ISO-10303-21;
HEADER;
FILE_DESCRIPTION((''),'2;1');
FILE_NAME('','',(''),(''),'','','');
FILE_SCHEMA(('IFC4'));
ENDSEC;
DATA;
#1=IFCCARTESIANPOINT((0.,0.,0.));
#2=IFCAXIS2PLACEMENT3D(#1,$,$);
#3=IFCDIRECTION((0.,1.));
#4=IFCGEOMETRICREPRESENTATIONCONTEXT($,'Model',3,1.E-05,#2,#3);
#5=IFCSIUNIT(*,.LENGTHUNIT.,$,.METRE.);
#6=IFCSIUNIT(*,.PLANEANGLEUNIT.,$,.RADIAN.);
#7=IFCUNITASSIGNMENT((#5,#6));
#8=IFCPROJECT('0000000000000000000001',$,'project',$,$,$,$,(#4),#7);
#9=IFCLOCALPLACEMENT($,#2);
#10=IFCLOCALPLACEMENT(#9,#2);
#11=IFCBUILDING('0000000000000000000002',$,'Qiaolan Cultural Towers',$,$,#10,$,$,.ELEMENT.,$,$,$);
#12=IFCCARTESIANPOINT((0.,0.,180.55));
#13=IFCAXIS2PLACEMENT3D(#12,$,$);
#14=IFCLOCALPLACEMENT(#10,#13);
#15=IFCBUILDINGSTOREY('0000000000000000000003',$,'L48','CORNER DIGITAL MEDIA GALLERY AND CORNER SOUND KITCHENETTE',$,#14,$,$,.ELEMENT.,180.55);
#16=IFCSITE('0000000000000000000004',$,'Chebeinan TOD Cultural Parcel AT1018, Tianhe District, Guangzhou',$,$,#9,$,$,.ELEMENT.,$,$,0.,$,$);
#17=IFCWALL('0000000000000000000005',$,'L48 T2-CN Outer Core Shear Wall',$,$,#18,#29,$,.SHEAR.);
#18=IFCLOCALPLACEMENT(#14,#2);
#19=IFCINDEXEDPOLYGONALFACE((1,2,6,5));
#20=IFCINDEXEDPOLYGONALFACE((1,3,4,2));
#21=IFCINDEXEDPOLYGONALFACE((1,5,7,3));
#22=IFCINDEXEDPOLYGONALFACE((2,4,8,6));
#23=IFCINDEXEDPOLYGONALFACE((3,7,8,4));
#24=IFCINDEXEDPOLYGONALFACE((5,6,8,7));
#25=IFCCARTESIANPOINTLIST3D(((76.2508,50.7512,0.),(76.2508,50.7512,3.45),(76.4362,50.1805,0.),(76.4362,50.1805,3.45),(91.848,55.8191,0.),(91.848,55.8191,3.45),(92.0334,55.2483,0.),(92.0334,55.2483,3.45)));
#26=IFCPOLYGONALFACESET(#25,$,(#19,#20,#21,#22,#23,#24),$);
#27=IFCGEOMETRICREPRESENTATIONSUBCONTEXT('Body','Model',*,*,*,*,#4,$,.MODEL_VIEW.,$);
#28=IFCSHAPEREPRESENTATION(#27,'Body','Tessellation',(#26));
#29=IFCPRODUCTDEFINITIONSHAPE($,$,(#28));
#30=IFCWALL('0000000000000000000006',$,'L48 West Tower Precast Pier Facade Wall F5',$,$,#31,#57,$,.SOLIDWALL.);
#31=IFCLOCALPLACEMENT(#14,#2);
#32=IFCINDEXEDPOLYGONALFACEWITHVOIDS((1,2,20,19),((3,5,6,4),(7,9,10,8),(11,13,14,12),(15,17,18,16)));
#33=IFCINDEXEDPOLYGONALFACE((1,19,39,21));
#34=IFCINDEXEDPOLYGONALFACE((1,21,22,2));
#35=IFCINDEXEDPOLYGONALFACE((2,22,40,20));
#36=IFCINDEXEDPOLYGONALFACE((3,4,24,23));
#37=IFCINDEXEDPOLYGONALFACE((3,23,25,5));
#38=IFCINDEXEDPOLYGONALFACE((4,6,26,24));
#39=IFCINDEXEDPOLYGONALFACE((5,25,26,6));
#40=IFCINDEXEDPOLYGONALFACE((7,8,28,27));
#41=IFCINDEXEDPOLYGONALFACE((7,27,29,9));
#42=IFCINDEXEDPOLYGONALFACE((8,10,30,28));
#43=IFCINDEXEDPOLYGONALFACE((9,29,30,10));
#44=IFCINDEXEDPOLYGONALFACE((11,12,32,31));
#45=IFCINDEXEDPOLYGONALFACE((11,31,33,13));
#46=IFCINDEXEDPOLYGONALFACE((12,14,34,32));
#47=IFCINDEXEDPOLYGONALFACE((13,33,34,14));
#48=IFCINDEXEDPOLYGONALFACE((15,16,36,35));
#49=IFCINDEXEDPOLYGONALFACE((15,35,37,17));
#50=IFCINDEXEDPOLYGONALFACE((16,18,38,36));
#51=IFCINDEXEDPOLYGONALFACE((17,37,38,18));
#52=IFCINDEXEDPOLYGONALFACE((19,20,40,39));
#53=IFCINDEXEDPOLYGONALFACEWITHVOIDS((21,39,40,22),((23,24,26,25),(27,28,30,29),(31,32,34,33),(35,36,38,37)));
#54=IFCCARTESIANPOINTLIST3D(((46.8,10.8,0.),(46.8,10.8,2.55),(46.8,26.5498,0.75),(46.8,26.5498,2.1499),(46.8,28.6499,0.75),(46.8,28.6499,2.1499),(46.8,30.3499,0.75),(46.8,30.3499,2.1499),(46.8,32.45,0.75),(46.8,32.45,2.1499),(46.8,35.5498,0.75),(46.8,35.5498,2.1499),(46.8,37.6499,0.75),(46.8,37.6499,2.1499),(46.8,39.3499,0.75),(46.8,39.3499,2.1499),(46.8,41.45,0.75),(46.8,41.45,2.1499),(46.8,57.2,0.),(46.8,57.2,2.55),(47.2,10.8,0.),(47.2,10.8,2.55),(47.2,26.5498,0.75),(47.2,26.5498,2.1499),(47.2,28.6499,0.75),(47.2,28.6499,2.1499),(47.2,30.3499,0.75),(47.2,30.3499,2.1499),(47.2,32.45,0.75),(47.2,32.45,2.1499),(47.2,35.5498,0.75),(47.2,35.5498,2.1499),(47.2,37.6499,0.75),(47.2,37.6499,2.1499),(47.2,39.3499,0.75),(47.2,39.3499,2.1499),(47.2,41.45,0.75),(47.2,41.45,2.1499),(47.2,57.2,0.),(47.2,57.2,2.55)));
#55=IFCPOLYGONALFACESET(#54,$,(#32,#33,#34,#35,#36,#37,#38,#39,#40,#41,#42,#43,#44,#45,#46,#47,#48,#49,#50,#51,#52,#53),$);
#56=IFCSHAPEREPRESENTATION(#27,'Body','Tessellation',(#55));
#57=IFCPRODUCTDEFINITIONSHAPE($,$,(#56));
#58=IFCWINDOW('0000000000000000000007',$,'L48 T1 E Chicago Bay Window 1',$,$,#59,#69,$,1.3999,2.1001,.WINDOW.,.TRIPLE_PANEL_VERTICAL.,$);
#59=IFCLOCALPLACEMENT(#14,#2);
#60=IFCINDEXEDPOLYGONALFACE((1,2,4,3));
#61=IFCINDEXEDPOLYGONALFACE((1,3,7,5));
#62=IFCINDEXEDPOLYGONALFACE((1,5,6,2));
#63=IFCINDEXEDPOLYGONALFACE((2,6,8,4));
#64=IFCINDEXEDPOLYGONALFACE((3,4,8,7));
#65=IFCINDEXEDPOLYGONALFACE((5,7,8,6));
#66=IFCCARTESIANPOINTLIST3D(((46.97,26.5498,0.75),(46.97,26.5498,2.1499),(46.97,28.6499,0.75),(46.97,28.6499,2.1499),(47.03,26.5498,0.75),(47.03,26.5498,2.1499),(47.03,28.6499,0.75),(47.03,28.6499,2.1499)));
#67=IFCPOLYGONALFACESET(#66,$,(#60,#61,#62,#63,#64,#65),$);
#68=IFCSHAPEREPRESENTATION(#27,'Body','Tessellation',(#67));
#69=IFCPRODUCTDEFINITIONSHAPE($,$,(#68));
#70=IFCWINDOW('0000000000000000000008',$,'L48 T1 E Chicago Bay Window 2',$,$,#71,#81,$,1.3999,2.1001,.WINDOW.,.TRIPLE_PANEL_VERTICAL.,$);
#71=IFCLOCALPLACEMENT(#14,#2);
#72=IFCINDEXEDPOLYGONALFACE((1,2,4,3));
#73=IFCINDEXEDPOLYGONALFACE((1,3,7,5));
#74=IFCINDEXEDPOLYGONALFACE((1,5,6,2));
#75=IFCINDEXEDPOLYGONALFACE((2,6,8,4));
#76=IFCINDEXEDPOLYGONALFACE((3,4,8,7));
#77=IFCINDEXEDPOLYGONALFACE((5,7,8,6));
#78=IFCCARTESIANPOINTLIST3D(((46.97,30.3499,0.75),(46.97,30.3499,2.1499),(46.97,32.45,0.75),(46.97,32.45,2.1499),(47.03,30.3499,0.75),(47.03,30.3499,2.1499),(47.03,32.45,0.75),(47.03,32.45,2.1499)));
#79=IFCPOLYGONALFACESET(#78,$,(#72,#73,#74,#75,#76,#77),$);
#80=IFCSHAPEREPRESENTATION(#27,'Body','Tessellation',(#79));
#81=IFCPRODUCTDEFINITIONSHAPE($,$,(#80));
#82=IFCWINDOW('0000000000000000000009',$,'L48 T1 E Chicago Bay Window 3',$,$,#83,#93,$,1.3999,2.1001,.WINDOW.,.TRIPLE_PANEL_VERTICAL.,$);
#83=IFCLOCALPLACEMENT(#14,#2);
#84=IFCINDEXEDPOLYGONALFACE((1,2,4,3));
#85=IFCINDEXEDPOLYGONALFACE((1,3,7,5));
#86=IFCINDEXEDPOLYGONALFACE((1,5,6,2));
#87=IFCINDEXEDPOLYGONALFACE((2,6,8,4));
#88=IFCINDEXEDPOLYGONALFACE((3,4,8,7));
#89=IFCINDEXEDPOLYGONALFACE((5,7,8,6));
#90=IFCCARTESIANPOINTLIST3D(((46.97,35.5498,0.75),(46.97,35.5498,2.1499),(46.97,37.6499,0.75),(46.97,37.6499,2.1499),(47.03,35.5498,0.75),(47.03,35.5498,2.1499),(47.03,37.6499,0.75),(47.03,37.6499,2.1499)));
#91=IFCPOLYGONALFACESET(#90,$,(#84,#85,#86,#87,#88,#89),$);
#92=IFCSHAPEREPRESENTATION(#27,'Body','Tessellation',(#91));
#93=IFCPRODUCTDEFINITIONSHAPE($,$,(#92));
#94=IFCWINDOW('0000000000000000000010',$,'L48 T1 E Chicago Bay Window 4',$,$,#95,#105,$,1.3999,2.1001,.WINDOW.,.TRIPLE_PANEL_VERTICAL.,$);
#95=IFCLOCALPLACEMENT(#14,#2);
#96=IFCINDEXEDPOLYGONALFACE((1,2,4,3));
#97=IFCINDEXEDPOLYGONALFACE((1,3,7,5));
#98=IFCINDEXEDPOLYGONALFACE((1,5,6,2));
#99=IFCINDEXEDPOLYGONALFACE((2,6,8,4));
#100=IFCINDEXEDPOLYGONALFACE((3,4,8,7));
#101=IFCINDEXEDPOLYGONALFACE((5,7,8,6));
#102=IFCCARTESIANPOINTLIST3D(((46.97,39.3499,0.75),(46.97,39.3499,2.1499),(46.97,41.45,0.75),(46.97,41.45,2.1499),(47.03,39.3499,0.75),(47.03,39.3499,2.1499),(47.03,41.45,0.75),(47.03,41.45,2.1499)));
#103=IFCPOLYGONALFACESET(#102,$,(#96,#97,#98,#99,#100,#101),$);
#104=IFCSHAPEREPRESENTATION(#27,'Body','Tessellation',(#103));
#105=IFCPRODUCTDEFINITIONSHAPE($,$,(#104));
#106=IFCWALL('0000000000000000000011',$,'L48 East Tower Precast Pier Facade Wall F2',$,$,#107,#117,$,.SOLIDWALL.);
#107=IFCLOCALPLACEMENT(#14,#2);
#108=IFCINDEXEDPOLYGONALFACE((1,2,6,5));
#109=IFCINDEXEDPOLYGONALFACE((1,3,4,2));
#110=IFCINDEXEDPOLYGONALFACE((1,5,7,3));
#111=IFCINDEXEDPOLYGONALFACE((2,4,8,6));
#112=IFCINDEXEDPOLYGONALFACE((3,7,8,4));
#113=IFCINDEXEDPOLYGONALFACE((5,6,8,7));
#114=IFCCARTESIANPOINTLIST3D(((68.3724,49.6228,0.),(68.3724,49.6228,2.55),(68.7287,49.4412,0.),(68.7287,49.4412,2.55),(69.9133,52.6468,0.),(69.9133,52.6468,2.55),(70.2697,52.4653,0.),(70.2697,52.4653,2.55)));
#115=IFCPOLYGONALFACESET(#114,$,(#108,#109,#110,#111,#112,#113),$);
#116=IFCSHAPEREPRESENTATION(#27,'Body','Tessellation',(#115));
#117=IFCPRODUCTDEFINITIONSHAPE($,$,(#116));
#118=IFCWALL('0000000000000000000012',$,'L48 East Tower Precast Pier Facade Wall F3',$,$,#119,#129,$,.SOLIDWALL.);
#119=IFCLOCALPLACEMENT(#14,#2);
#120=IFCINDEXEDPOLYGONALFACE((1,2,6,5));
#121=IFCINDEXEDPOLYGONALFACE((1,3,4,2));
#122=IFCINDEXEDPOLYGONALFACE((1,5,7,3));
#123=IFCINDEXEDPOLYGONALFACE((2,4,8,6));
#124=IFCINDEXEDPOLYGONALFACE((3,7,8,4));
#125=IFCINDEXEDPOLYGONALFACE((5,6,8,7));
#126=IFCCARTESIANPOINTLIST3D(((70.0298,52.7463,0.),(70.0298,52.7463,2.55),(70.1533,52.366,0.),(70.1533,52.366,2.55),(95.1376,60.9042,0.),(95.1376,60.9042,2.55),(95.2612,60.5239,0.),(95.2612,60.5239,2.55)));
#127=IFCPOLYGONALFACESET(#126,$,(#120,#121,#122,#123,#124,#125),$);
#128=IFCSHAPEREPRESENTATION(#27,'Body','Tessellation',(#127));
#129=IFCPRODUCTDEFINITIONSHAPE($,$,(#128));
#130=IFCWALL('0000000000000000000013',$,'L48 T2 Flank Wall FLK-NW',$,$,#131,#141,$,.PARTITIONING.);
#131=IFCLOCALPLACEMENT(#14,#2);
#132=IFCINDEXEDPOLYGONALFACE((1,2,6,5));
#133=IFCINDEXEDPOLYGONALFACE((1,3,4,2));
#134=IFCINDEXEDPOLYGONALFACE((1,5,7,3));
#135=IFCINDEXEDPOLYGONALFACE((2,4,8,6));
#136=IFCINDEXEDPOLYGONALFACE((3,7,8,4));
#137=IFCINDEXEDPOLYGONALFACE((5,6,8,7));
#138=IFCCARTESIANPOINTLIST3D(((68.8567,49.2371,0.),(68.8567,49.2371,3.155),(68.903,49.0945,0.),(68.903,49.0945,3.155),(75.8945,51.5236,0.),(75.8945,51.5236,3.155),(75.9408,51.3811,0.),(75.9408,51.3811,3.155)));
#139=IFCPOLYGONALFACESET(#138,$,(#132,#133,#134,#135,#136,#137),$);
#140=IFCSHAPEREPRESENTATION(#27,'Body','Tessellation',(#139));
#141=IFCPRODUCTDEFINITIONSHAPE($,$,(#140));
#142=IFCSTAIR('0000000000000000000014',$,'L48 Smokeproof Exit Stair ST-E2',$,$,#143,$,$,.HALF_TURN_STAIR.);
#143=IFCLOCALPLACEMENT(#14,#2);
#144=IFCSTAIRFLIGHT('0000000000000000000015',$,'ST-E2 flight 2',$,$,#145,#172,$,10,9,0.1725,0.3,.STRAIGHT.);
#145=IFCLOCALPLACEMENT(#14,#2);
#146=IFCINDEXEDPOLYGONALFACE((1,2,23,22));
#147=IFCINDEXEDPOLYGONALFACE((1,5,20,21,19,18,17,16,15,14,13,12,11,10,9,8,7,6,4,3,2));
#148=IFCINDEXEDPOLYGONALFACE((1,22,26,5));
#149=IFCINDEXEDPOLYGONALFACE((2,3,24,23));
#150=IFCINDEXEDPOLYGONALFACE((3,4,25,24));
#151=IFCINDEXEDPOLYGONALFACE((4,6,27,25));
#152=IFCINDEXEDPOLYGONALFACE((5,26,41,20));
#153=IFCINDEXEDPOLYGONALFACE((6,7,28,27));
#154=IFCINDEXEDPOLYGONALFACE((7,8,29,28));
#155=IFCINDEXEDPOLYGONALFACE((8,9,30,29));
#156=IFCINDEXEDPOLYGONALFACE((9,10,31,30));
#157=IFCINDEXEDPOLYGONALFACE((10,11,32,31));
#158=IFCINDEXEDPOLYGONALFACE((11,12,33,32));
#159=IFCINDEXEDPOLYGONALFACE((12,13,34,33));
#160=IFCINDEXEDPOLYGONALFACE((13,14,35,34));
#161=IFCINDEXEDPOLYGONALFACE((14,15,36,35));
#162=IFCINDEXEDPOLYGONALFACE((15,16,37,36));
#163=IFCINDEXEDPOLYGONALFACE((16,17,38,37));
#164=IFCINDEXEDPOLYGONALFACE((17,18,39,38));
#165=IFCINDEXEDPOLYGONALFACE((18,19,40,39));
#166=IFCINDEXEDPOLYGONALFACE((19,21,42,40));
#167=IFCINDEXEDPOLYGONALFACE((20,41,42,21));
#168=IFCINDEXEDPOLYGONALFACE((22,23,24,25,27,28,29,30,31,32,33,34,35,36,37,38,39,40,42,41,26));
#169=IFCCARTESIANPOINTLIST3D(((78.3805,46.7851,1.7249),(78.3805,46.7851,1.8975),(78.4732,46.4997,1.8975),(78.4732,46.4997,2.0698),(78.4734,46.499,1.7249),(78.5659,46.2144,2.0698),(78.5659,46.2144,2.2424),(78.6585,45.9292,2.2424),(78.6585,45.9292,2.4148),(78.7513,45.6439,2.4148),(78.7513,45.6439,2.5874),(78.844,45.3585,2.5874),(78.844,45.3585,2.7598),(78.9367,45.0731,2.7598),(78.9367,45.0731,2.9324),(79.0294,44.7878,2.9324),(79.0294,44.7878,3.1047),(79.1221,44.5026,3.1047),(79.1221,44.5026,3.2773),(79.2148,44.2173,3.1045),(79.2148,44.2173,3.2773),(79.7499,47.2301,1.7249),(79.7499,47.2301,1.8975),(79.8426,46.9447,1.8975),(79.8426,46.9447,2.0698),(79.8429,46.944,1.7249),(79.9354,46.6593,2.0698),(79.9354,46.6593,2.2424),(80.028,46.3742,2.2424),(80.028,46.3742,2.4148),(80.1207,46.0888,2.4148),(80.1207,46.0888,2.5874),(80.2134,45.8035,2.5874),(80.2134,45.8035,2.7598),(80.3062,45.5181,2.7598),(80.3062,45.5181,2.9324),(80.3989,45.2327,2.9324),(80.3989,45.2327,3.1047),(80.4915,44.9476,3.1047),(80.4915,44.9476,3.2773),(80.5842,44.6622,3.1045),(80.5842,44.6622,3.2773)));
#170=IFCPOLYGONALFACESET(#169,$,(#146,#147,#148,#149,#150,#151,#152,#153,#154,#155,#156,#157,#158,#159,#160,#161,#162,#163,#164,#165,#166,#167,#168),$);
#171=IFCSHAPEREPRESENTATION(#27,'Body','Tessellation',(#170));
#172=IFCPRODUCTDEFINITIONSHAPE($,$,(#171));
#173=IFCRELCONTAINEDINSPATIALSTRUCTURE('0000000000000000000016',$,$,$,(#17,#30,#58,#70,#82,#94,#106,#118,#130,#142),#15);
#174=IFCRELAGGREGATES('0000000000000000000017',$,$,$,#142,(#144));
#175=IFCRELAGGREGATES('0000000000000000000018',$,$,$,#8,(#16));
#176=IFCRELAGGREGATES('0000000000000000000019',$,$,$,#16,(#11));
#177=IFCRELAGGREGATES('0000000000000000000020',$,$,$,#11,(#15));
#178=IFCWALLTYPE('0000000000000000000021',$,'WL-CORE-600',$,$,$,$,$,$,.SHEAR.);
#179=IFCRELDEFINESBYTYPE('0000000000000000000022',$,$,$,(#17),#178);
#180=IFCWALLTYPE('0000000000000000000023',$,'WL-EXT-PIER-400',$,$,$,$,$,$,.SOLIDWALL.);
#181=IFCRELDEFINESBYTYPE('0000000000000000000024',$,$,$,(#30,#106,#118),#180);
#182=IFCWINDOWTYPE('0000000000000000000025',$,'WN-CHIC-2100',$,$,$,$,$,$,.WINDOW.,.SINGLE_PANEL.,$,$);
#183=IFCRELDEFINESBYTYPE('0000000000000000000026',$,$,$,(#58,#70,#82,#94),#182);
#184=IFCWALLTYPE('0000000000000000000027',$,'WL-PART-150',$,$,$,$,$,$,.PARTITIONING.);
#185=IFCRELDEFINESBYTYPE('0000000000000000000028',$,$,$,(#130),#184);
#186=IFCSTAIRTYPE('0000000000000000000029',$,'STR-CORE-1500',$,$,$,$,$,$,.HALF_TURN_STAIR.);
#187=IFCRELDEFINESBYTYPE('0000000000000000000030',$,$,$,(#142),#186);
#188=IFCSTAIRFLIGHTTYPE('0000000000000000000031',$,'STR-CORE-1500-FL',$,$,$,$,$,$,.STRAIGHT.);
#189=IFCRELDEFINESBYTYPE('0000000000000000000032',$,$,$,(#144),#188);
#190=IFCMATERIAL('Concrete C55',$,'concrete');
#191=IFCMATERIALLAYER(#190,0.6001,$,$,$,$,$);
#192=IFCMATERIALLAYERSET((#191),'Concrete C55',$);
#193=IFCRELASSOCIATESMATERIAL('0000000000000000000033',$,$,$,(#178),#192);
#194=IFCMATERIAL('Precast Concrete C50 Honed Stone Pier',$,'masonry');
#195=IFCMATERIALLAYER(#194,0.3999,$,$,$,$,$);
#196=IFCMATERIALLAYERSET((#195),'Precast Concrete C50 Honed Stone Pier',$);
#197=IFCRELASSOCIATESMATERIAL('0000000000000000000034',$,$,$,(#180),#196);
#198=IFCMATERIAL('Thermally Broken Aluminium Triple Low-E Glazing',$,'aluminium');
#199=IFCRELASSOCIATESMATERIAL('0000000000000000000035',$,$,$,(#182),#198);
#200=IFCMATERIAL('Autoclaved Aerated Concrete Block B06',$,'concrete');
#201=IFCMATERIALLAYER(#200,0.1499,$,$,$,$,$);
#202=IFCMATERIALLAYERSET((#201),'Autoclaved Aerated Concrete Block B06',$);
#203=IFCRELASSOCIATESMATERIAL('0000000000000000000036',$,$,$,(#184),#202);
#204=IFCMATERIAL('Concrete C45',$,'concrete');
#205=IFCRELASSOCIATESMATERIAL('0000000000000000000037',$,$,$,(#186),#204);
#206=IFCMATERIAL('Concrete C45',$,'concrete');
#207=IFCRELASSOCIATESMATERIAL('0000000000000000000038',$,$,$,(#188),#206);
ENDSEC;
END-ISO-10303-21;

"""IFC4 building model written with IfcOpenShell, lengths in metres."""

from ifc_helpers import new_model, si_unit, direction, frame, frame_2d, origin, place, context, subcontext, project, spatial, polyline, rectangle, outline, extrude, material, layer, layer_set, type_object, element, fill, aggregate, save


model = new_model("IFC4")

# Units and contexts
model_context = context("Model", 3, precision=1e-05, world=origin(), true_north=direction((0.0, 1.0)))
body_context = subcontext(model_context, "Body", "Model", "MODEL_VIEW")
ifc_project = project(units=[si_unit("LENGTHUNIT", "METRE"), si_unit("PLANEANGLEUNIT", "RADIAN")], contexts=[model_context])

# Site, building, storey
site_placement = place(None, origin())
site = spatial("IfcSite", under=ifc_project, at=site_placement, Name="Chebeinan TOD Cultural Parcel AT1018, Tianhe District, Guangzhou", CompositionType="ELEMENT", RefElevation=0.0)
building_placement = place(site_placement, origin())
building = spatial("IfcBuilding", under=site, at=building_placement, Name="Qiaolan Cultural Towers", CompositionType="ELEMENT")
storey_placement = place(building_placement, frame((0.0, 0.0, 180.55)))
storey = spatial("IfcBuildingStorey", under=building, at=storey_placement, Name="L48", Description="CORNER DIGITAL MEDIA GALLERY AND CORNER SOUND KITCHENETTE", CompositionType="ELEMENT", Elevation=180.55)

# Wall
ifc_material_1 = material(Name="Concrete C55", Category="concrete")
ifc_layer_1 = layer(ifc_material_1, 0.6001)
ifc_layer_set_1 = layer_set([ifc_layer_1], Name="Concrete C55")
wall_type_1 = type_object("IfcWallType", Name="WL-CORE-600", PredefinedType="SHEAR", material=ifc_layer_set_1)
wall_1_placement = place(storey_placement, frame((76.3435, 50.4658, 0.0), z_axis=(0.0, 0.0, 1.0), x_axis=(0.951056, 0.309019, 0.0)))
element("IfcWall", 1, at=wall_1_placement, inside=storey, type_object=wall_type_1, Name="L48 T2-CN Outer Core Shear Wall", PredefinedType="SHEAR", context=body_context, shape_type="SweptSolid", body=[
    extrude(rectangle(XDim=16.3999, YDim=0.6001, at=frame_2d((8.2, 0.0))), origin(), (0.0, 0.0, 1.0), 3.45),
])

# Wall, openings, windows
ifc_material_2 = material(Name="Precast Concrete C50 Honed Stone Pier", Category="masonry")
ifc_layer_2 = layer(ifc_material_2, 0.3999)
ifc_layer_set_2 = layer_set([ifc_layer_2], Name="Precast Concrete C50 Honed Stone Pier")
wall_type_2 = type_object("IfcWallType", Name="WL-EXT-PIER-400", PredefinedType="SOLIDWALL", material=ifc_layer_set_2)
wall_2_placement = place(storey_placement, frame((47.0, 57.2, 0.0), z_axis=(0.0, 0.0, 1.0), x_axis=(0.0, -1.0, 0.0)))
wall_2 = element("IfcWall", 2, at=wall_2_placement, inside=storey, type_object=wall_type_2, Name="L48 West Tower Precast Pier Facade Wall F5", PredefinedType="SOLIDWALL", context=body_context, shape_type="SweptSolid", body=[
    extrude(rectangle(XDim=46.3999, YDim=0.3999, at=frame_2d((23.2, 0.0))), origin(), (0.0, 0.0, 1.0), 2.55),
])
opening_1_placement = place(wall_2_placement, frame((28.55, 0.0, 0.75)))
opening_1 = element("IfcOpeningElement", 3, at=opening_1_placement, cuts=wall_2, PredefinedType="OPENING", context=body_context, shape_type="SweptSolid", body=[
    extrude(rectangle(XDim=2.1001, YDim=1.3999, at=frame_2d((1.05, 0.7))), frame((0.0, 0.21, 0.0), z_axis=(0.0, -1.0, 0.0), x_axis=(1.0, 0.0, 0.0)), (0.0, 0.0, 1.0), 0.4199),
])
opening_2_placement = place(wall_2_placement, frame((24.75, 0.0, 0.75)))
opening_2 = element("IfcOpeningElement", 4, at=opening_2_placement, cuts=wall_2, PredefinedType="OPENING", context=body_context, shape_type="SweptSolid", body=[
    extrude(rectangle(XDim=2.1001, YDim=1.3999, at=frame_2d((1.05, 0.7))), frame((0.0, 0.21, 0.0), z_axis=(0.0, -1.0, 0.0), x_axis=(1.0, 0.0, 0.0)), (0.0, 0.0, 1.0), 0.4199),
])
opening_3_placement = place(wall_2_placement, frame((19.55, 0.0, 0.75)))
opening_3 = element("IfcOpeningElement", 5, at=opening_3_placement, cuts=wall_2, PredefinedType="OPENING", context=body_context, shape_type="SweptSolid", body=[
    extrude(rectangle(XDim=2.1001, YDim=1.3999, at=frame_2d((1.05, 0.7))), frame((0.0, 0.21, 0.0), z_axis=(0.0, -1.0, 0.0), x_axis=(1.0, 0.0, 0.0)), (0.0, 0.0, 1.0), 0.4199),
])
opening_4_placement = place(wall_2_placement, frame((15.75, 0.0, 0.75)))
opening_4 = element("IfcOpeningElement", 6, at=opening_4_placement, cuts=wall_2, PredefinedType="OPENING", context=body_context, shape_type="SweptSolid", body=[
    extrude(rectangle(XDim=2.1001, YDim=1.3999, at=frame_2d((1.05, 0.7))), frame((0.0, 0.21, 0.0), z_axis=(0.0, -1.0, 0.0), x_axis=(1.0, 0.0, 0.0)), (0.0, 0.0, 1.0), 0.4199),
])
ifc_material_3 = material(Name="Thermally Broken Aluminium Triple Low-E Glazing", Category="aluminium")
window_type = type_object("IfcWindowType", Name="WN-CHIC-2100", PartitioningType="SINGLE_PANEL", PredefinedType="WINDOW", material=ifc_material_3)
window_1_placement = place(opening_1_placement, origin())
window_1 = element("IfcWindow", 7, at=window_1_placement, inside=storey, type_object=window_type, Name="L48 T1 E Chicago Bay Window 1", OverallHeight=1.3999, OverallWidth=2.1001, PartitioningType="TRIPLE_PANEL_VERTICAL", PredefinedType="WINDOW", context=body_context, shape_type="SweptSolid", body=[
    extrude(rectangle(XDim=2.1001, YDim=1.3999, at=frame_2d((1.05, 0.7))), frame((0.0, 0.03, 0.0), z_axis=(0.0, -1.0, 0.0), x_axis=(1.0, 0.0, 0.0)), (0.0, 0.0, 1.0), 0.0601),
])
fill(opening_1, window_1)
window_2_placement = place(opening_2_placement, origin())
window_2 = element("IfcWindow", 8, at=window_2_placement, inside=storey, type_object=window_type, Name="L48 T1 E Chicago Bay Window 2", OverallHeight=1.3999, OverallWidth=2.1001, PartitioningType="TRIPLE_PANEL_VERTICAL", PredefinedType="WINDOW", context=body_context, shape_type="SweptSolid", body=[
    extrude(rectangle(XDim=2.1001, YDim=1.3999, at=frame_2d((1.05, 0.7))), frame((0.0, 0.03, 0.0), z_axis=(0.0, -1.0, 0.0), x_axis=(1.0, 0.0, 0.0)), (0.0, 0.0, 1.0), 0.0601),
])
fill(opening_2, window_2)
window_3_placement = place(opening_3_placement, origin())
window_3 = element("IfcWindow", 9, at=window_3_placement, inside=storey, type_object=window_type, Name="L48 T1 E Chicago Bay Window 3", OverallHeight=1.3999, OverallWidth=2.1001, PartitioningType="TRIPLE_PANEL_VERTICAL", PredefinedType="WINDOW", context=body_context, shape_type="SweptSolid", body=[
    extrude(rectangle(XDim=2.1001, YDim=1.3999, at=frame_2d((1.05, 0.7))), frame((0.0, 0.03, 0.0), z_axis=(0.0, -1.0, 0.0), x_axis=(1.0, 0.0, 0.0)), (0.0, 0.0, 1.0), 0.0601),
])
fill(opening_3, window_3)
window_4_placement = place(opening_4_placement, origin())
window_4 = element("IfcWindow", 10, at=window_4_placement, inside=storey, type_object=window_type, Name="L48 T1 E Chicago Bay Window 4", OverallHeight=1.3999, OverallWidth=2.1001, PartitioningType="TRIPLE_PANEL_VERTICAL", PredefinedType="WINDOW", context=body_context, shape_type="SweptSolid", body=[
    extrude(rectangle(XDim=2.1001, YDim=1.3999, at=frame_2d((1.05, 0.7))), frame((0.0, 0.03, 0.0), z_axis=(0.0, -1.0, 0.0), x_axis=(1.0, 0.0, 0.0)), (0.0, 0.0, 1.0), 0.0601),
])
fill(opening_4, window_4)

# Walls
wall_3_placement = place(storey_placement, frame((68.5505, 49.532, 0.0), z_axis=(0.0, 0.0, 1.0), x_axis=(0.45402, 0.890992, 0.0)))
element("IfcWall", 11, at=wall_3_placement, inside=storey, type_object=wall_type_2, Name="L48 East Tower Precast Pier Facade Wall F2", PredefinedType="SOLIDWALL", context=body_context, shape_type="SweptSolid", body=[
    extrude(rectangle(XDim=3.394, YDim=0.3999, at=frame_2d((1.697, 0.0))), origin(), (0.0, 0.0, 1.0), 2.55),
])
wall_4_placement = place(storey_placement, frame((70.0916, 52.5562, 0.0), z_axis=(0.0, 0.0, 1.0), x_axis=(0.951058, 0.309014, 0.0)))
element("IfcWall", 12, at=wall_4_placement, inside=storey, type_object=wall_type_2, Name="L48 East Tower Precast Pier Facade Wall F3", PredefinedType="SOLIDWALL", context=body_context, shape_type="SweptSolid", body=[
    extrude(rectangle(XDim=26.3999, YDim=0.3999, at=frame_2d((13.2, 0.0))), origin(), (0.0, 0.0, 1.0), 2.55),
])
ifc_material_4 = material(Name="Autoclaved Aerated Concrete Block B06", Category="concrete")
ifc_layer_3 = layer(ifc_material_4, 0.1499)
ifc_layer_set_3 = layer_set([ifc_layer_3], Name="Autoclaved Aerated Concrete Block B06")
wall_type_3 = type_object("IfcWallType", Name="WL-PART-150", PredefinedType="PARTITIONING", material=ifc_layer_set_3)
wall_5_placement = place(storey_placement, frame((68.8799, 49.1658, 0.0), z_axis=(0.0, 0.0, 1.0), x_axis=(0.951061, 0.309003, 0.0)))
element("IfcWall", 13, at=wall_5_placement, inside=storey, type_object=wall_type_3, Name="L48 T2 Flank Wall FLK-NW", PredefinedType="PARTITIONING", context=body_context, shape_type="SweptSolid", body=[
    extrude(rectangle(XDim=7.3999, YDim=0.1499, at=frame_2d((3.7, 0.0))), origin(), (0.0, 0.0, 1.0), 3.155),
])

# Stair, stair flight
ifc_material_5 = material(Name="Concrete C45", Category="concrete")
stair_type = type_object("IfcStairType", Name="STR-CORE-1500", PredefinedType="HALF_TURN_STAIR", material=ifc_material_5)
stair_placement = place(storey_placement, origin())
stair = element("IfcStair", 14, at=stair_placement, inside=storey, type_object=stair_type, Name="L48 Smokeproof Exit Stair ST-E2", PredefinedType="HALF_TURN_STAIR")
ifc_material_6 = material(Name="Concrete C45", Category="concrete")
stair_flight_type = type_object("IfcStairFlightType", Name="STR-CORE-1500-FL", PredefinedType="STRAIGHT", material=ifc_material_6)
stair_flight_placement = place(storey_placement, frame((79.0652, 47.0076, 1.7249), z_axis=(0.0, 0.0, 1.0), x_axis=(0.309017, -0.951057, 0.0)))
stair_flight = element("IfcStairFlight", 15, at=stair_flight_placement, type_object=stair_flight_type, Name="ST-E2 flight 2", NumberOfRisers=10, NumberOfTreads=9, PredefinedType="STRAIGHT", RiserHeight=0.1725, TreadLength=0.3, context=body_context, shape_type="SweptSolid", body=[
    extrude(outline(polyline([(0.0, 0.0), (0.0, 0.1726), (0.3, 0.1726), (0.3, 0.345), (0.6001, 0.345), (0.6001, 0.5176), (0.8999, 0.5176), (0.8999, 0.6899), (1.2, 0.6899), (1.2, 0.8625), (1.5, 0.8625), (1.5, 1.0349), (1.8, 1.0349), (1.8, 1.2075), (2.1001, 1.2075), (2.1001, 1.3799), (2.3999, 1.3799), (2.3999, 1.5525), (2.7, 1.5525), (2.7, 1.7251), (2.7, 1.3796), (0.3008, 0.0), (0.0, 0.0)])), frame((0.0, 0.72, 0.0), z_axis=(0.0, -1.0, 0.0), x_axis=(1.0, 0.0, 0.0)), (0.0, 0.0, 1.0), 1.4399),
])
aggregate(stair, [stair_flight])

save(model, "model.ifc")
